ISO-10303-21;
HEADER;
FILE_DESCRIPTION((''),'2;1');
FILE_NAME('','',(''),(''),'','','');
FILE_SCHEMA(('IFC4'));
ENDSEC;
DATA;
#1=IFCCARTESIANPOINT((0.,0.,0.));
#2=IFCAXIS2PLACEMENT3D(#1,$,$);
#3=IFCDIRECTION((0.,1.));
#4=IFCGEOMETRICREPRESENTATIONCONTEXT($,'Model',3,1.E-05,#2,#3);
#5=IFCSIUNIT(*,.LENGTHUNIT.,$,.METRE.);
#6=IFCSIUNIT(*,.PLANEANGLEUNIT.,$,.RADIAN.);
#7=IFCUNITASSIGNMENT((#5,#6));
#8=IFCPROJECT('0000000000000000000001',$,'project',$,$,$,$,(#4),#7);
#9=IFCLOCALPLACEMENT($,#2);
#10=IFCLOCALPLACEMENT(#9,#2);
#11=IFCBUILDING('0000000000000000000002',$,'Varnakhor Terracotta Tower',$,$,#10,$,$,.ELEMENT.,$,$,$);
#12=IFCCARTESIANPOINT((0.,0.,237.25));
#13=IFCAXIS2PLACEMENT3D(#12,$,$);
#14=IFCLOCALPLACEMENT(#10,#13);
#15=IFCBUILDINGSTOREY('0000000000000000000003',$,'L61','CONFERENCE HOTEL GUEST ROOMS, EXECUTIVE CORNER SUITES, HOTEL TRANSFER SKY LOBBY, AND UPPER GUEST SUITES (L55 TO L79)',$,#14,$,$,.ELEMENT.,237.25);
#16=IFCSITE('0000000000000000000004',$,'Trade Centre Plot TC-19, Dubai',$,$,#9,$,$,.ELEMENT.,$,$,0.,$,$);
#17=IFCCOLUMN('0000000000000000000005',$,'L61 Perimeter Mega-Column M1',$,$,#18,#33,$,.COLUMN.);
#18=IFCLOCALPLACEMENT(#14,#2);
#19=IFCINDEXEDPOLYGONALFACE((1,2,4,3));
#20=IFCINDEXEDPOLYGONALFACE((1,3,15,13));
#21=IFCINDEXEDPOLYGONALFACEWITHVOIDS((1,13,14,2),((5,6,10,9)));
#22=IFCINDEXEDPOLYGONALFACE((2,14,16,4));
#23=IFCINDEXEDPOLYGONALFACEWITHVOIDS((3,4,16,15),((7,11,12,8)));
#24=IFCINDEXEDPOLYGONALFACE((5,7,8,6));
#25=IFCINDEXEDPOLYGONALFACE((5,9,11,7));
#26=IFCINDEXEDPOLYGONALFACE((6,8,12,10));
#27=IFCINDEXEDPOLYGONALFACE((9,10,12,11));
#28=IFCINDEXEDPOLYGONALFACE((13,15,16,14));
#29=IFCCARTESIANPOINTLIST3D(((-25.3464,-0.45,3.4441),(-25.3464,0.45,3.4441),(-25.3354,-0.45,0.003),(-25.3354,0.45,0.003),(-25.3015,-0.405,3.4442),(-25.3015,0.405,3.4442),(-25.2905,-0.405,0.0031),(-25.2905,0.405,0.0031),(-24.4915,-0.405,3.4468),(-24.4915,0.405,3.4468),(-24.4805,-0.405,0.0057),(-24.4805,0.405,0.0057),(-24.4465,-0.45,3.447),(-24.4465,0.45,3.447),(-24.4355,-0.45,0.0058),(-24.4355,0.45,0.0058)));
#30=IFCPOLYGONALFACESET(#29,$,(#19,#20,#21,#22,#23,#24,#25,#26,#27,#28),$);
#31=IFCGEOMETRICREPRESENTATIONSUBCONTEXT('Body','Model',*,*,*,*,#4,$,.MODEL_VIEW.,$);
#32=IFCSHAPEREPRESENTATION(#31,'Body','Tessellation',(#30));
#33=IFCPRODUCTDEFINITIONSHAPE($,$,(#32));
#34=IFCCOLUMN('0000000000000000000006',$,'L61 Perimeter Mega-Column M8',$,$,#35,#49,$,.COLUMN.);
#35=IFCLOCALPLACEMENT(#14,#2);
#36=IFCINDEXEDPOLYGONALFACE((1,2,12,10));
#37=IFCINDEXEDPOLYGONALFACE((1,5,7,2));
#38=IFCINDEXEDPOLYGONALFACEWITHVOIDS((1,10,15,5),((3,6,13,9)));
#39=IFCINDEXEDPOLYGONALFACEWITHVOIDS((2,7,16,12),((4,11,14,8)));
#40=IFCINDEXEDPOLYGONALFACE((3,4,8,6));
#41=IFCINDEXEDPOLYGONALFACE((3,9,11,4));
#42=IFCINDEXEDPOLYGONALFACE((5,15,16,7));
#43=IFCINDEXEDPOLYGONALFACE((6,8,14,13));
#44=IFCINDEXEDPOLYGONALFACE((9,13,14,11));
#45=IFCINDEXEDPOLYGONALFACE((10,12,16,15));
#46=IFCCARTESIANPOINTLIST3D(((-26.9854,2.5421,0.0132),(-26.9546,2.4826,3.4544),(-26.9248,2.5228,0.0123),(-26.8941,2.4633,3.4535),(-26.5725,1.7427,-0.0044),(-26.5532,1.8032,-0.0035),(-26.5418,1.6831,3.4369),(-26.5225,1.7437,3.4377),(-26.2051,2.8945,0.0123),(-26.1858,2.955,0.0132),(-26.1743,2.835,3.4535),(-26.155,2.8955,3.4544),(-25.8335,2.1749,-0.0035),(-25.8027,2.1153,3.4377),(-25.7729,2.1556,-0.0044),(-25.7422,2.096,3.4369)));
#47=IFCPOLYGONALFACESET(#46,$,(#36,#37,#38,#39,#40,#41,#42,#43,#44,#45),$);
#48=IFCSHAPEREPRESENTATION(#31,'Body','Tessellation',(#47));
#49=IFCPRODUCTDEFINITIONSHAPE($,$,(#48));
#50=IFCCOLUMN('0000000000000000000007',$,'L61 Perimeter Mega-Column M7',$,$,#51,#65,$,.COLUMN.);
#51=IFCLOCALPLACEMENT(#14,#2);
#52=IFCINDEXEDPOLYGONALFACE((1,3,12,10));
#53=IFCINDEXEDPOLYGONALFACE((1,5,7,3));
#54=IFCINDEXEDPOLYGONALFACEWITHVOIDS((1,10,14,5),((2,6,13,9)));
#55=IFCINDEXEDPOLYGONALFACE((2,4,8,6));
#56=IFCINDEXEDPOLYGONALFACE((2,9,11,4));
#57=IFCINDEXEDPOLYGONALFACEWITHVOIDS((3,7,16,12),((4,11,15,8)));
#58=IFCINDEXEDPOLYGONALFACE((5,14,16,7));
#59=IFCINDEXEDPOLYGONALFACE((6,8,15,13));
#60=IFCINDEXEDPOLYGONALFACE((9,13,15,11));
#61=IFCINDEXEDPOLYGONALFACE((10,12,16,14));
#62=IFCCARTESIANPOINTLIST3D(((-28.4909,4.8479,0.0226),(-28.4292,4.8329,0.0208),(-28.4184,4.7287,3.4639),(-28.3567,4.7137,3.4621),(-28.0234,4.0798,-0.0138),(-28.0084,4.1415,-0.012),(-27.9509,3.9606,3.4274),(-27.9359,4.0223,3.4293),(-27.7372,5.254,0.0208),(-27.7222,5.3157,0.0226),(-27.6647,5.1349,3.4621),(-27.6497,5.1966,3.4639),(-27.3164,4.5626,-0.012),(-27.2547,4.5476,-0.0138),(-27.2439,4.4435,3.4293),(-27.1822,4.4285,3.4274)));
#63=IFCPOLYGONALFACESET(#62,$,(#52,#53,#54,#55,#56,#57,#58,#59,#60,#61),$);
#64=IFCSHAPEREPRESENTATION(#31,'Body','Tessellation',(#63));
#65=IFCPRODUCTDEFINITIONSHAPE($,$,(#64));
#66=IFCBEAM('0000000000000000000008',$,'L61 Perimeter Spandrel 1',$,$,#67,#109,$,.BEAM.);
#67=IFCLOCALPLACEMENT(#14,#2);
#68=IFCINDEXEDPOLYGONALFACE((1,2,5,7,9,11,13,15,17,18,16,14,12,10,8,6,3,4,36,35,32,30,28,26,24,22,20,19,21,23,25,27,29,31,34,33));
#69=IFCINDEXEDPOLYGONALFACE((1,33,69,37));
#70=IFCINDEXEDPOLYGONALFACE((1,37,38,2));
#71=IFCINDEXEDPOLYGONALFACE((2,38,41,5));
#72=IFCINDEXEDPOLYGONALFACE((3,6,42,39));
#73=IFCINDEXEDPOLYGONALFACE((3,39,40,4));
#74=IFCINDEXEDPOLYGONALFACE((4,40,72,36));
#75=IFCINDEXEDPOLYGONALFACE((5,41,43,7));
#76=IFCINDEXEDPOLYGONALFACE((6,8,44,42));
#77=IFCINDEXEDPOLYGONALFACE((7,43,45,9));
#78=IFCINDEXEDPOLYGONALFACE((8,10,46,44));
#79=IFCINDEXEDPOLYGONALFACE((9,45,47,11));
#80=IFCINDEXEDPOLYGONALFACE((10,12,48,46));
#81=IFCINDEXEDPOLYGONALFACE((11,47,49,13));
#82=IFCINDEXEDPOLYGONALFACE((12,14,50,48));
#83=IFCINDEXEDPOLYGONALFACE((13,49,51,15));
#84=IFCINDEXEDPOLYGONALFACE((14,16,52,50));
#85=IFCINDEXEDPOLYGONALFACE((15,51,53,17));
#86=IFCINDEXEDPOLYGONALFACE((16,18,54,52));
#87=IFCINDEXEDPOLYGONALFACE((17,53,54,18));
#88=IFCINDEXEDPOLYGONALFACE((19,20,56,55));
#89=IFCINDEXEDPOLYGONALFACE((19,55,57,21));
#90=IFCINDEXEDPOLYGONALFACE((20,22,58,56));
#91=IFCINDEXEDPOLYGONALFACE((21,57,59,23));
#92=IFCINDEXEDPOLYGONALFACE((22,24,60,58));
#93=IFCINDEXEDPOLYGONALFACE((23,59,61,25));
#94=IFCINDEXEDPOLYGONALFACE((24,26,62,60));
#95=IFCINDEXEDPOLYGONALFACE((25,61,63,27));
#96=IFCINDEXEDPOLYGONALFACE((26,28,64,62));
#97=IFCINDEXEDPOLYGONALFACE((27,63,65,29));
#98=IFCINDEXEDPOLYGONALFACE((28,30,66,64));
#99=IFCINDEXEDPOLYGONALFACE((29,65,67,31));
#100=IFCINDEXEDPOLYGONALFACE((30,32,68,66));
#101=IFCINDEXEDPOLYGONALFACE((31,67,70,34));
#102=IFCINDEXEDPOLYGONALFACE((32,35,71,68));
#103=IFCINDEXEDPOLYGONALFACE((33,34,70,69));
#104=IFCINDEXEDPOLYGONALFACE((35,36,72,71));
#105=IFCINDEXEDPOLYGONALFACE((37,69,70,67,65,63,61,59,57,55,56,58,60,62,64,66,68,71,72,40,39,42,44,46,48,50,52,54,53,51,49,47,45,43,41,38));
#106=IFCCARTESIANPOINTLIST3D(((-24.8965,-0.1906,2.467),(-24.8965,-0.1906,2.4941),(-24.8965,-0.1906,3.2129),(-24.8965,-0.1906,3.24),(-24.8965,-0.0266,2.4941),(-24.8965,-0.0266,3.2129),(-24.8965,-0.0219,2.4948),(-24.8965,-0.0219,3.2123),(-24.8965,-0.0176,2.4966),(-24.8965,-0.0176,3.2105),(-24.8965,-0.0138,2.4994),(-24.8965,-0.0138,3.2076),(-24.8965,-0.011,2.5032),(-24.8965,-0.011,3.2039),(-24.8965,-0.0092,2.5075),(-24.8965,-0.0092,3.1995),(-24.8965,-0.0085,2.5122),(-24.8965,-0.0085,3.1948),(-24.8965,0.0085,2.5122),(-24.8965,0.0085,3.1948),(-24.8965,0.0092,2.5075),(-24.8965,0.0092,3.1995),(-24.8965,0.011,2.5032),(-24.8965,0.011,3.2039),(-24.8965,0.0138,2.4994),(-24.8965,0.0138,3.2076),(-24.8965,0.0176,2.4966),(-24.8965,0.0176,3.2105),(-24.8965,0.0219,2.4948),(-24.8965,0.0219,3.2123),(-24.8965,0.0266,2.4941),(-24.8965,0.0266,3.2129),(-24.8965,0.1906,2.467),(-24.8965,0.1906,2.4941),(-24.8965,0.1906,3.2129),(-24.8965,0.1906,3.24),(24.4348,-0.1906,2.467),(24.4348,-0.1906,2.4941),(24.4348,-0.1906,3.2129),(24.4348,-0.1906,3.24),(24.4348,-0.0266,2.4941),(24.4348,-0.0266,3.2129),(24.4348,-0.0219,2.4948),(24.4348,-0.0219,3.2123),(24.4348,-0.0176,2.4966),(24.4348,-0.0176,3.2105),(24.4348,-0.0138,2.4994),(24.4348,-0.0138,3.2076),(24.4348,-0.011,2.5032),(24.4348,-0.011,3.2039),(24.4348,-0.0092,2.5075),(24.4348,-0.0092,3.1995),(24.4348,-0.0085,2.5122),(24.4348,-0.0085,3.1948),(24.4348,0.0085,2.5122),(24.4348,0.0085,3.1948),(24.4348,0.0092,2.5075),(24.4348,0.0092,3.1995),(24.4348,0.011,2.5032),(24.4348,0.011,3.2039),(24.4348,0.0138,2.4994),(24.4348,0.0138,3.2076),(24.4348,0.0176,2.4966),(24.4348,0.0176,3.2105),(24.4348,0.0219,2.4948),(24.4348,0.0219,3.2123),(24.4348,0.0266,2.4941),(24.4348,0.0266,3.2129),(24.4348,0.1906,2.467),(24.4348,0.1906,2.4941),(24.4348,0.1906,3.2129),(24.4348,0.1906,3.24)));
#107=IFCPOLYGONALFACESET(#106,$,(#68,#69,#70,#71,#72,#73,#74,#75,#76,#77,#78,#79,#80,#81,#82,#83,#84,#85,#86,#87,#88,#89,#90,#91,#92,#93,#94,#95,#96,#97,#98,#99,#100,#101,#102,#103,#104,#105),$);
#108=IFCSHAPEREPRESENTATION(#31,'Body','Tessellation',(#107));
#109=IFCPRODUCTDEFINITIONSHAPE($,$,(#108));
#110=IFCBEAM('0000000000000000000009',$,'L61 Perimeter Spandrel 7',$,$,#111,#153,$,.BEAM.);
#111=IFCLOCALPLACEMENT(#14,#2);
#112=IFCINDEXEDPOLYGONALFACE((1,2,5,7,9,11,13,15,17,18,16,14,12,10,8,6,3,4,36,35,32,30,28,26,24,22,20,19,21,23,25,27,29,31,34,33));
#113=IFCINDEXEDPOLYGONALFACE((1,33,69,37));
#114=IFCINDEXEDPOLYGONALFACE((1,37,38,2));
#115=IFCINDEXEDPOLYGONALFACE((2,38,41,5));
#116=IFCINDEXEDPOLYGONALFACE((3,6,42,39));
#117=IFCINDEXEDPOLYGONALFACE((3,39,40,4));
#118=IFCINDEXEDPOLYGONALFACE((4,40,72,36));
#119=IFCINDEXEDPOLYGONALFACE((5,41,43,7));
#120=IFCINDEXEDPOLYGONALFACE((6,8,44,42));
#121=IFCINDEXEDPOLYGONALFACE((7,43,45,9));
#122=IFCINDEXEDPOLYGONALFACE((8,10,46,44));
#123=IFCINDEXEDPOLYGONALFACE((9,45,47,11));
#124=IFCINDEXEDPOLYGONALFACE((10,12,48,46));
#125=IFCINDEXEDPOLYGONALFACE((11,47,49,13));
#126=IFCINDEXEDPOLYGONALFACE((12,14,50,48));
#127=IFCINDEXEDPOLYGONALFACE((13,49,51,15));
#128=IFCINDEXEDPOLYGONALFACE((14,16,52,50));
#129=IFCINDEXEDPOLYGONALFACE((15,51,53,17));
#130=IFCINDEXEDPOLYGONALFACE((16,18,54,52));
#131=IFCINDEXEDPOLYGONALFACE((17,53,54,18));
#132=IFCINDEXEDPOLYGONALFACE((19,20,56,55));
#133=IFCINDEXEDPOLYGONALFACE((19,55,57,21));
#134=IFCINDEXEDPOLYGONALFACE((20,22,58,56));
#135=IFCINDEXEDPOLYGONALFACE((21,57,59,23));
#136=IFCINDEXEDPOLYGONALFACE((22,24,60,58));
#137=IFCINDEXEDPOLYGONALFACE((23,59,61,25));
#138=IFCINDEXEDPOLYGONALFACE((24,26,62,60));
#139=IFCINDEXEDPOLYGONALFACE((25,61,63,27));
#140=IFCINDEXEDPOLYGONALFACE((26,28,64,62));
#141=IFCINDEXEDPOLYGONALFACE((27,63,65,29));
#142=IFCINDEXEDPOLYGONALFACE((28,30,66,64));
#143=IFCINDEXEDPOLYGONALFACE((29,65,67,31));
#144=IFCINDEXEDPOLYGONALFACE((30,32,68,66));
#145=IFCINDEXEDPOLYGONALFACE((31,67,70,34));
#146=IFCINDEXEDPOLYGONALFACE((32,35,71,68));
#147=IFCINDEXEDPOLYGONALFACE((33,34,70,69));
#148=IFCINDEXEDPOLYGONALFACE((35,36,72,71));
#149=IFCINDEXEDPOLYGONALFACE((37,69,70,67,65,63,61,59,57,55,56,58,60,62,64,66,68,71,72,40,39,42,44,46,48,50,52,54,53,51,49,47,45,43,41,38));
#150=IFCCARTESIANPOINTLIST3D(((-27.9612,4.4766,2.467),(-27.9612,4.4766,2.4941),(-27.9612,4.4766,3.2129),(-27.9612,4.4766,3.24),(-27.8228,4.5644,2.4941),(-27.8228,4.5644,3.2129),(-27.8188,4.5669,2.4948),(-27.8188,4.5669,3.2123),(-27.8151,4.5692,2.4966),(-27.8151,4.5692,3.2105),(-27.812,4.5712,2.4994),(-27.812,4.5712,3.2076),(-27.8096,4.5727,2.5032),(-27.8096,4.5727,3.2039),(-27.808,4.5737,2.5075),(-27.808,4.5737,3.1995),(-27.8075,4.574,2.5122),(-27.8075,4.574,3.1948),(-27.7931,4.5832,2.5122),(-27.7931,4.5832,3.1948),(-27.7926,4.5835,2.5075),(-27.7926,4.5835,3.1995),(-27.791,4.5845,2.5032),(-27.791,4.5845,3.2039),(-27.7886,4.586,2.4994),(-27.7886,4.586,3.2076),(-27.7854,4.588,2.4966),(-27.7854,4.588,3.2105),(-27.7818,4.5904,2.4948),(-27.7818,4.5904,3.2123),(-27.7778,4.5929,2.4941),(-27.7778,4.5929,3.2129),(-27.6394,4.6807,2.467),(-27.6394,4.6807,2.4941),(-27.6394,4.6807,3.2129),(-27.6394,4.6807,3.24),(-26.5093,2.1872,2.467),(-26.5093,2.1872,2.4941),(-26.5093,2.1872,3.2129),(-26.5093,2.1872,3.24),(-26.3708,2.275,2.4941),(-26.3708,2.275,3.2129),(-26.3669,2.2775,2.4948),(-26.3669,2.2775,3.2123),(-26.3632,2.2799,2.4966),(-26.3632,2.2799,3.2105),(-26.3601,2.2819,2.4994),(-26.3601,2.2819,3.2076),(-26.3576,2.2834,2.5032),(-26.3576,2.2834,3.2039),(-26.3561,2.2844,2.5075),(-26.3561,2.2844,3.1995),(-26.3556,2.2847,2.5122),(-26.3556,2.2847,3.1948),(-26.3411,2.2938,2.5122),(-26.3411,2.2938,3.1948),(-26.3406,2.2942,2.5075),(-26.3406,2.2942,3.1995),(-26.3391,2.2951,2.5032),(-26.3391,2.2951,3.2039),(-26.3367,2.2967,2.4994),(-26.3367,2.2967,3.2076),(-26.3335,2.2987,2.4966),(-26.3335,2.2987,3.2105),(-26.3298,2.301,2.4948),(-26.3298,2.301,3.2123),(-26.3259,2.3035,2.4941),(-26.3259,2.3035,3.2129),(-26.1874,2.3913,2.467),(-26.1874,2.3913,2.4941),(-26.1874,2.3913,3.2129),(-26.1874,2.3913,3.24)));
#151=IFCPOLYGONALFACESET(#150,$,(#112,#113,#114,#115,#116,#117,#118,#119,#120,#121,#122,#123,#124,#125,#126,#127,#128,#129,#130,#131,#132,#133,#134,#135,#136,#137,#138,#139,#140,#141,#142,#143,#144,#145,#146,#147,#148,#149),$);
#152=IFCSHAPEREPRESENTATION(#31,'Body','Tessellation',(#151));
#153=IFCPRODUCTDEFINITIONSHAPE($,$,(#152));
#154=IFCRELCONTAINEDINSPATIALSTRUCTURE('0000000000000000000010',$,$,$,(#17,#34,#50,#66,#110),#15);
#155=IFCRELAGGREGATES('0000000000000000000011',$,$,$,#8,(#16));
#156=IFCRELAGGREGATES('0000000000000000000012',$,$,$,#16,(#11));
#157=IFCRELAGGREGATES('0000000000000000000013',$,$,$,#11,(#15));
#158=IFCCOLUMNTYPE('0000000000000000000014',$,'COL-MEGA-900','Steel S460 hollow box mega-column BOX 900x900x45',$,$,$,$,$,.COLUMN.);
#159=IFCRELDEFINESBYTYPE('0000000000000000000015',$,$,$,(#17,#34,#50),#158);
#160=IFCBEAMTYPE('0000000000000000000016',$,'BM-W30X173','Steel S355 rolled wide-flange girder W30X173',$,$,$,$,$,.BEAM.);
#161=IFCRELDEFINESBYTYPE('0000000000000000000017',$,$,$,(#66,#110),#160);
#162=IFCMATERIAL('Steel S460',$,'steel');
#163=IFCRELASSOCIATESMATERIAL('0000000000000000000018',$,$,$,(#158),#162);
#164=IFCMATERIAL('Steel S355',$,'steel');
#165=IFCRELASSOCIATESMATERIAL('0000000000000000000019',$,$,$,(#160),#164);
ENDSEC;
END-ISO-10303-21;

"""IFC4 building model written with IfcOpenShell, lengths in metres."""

from ifc_helpers import new_model, si_unit, direction, frame, origin, origin_2d, place, context, subcontext, project, spatial, hollow_rectangle, i_section, extrude, source, transform, mapped, material, material_profile, profile_set, type_object, element, save


model = new_model("IFC4")

# Units and contexts
model_context = context("Model", 3, precision=1e-05, world=origin(), true_north=direction((0.0, 1.0)))
body_context = subcontext(model_context, "Body", "Model", "MODEL_VIEW")
ifc_project = project(units=[si_unit("LENGTHUNIT", "METRE"), si_unit("PLANEANGLEUNIT", "RADIAN")], contexts=[model_context])

# Site, building, storey
site_placement = place(None, origin())
site = spatial("IfcSite", under=ifc_project, at=site_placement, Name="Trade Centre Plot TC-19, Dubai", CompositionType="ELEMENT", RefElevation=0.0)
building_placement = place(site_placement, origin())
building = spatial("IfcBuilding", under=site, at=building_placement, Name="Varnakhor Terracotta Tower", CompositionType="ELEMENT")
storey_placement = place(building_placement, frame((0.0, 0.0, 237.25)))
storey = spatial("IfcBuildingStorey", under=building, at=storey_placement, Name="L61", Description="CONFERENCE HOTEL GUEST ROOMS, EXECUTIVE CORNER SUITES, HOTEL TRANSFER SKY LOBBY, AND UPPER GUEST SUITES (L55 TO L79)", CompositionType="ELEMENT", Elevation=237.25)

# Columns
ifc_material_1 = material(Name="Steel S460", Category="steel")
ifc_material_profile_1 = material_profile(ifc_material_1, hollow_rectangle(XDim=0.8999, YDim=0.8999, WallThickness=0.0449, at=origin_2d()), Name="BOX 900x900x45")
ifc_profile_set_1 = profile_set([ifc_material_profile_1], Name="Steel S460")
column_type = type_object("IfcColumnType", Name="COL-MEGA-900", Description="Steel S460 hollow box mega-column BOX 900x900x45", PredefinedType="COLUMN", material=ifc_profile_set_1)
shared_shape_1 = source(origin(), body_context, "Body", "SweptSolid", [
    extrude(hollow_rectangle(XDim=0.8999, YDim=0.8999, WallThickness=0.0449, at=origin_2d()), origin(), (0.0, 0.0, 1.0), 3.4412),
])
column_1_placement = place(storey_placement, frame((-24.8855, 0.0, 0.0044), z_axis=(-0.003193, 0.0, 0.999995), x_axis=(0.0, -1.0, 0.0)))
element("IfcColumn", 1, at=column_1_placement, inside=storey, type_object=column_type, Name="L61 Perimeter Mega-Column M1", PredefinedType="COLUMN", context=body_context, shape_type="MappedRepresentation", body=[
    mapped(shared_shape_1, transform((0.0, 0.0, 0.0), scale=1.0)),
])
shared_shape_2 = source(origin(), body_context, "Body", "SweptSolid", [
    extrude(hollow_rectangle(XDim=0.8999, YDim=0.8999, WallThickness=0.0449, at=origin_2d()), origin(), (0.0, 0.0, 1.0), 3.4419),
])
column_2_placement = place(storey_placement, frame((-26.3792, 2.3489, 0.0044), z_axis=(0.008938, -0.017308, 0.99981), x_axis=(0.888525, 0.458828, 0.0)))
element("IfcColumn", 2, at=column_2_placement, inside=storey, type_object=column_type, Name="L61 Perimeter Mega-Column M8", PredefinedType="COLUMN", context=body_context, shape_type="MappedRepresentation", body=[
    mapped(shared_shape_2, transform((0.0, 0.0, 0.0), scale=1.0)),
])
shared_shape_3 = source(origin(), body_context, "Body", "SweptSolid", [
    extrude(hollow_rectangle(XDim=0.8999, YDim=0.8999, WallThickness=0.0449, at=origin_2d()), origin(), (0.0, 0.0, 1.0), 3.4441),
])
column_3_placement = place(storey_placement, frame((-27.8728, 4.6978, 0.0044), z_axis=(0.021054, -0.034594, 0.99918), x_axis=(0.854232, 0.519891, 0.0)))
element("IfcColumn", 3, at=column_3_placement, inside=storey, type_object=column_type, Name="L61 Perimeter Mega-Column M7", PredefinedType="COLUMN", context=body_context, shape_type="MappedRepresentation", body=[
    mapped(shared_shape_3, transform((0.0, 0.0, 0.0), scale=1.0)),
])

# Beams
ifc_material_2 = material(Name="Steel S355", Category="steel")
ifc_material_profile_2 = material_profile(ifc_material_2, i_section(OverallWidth=0.3811, OverallDepth=0.7729, WebThickness=0.0171, FlangeThickness=0.0271, FilletRadius=0.0181, at=origin_2d()), Name="W30X173")
ifc_profile_set_2 = profile_set([ifc_material_profile_2], Name="Steel S355")
beam_type_1 = type_object("IfcBeamType", Name="BM-W30X173", Description="Steel S355 rolled wide-flange girder W30X173", PredefinedType="BEAM", material=ifc_profile_set_2)
shared_shape_4 = source(origin(), body_context, "Body", "SweptSolid", [
    extrude(i_section(OverallWidth=0.3811, OverallDepth=0.7729, WebThickness=0.0171, FlangeThickness=0.0271, FilletRadius=0.0181, at=origin_2d()), origin(), (0.0, 0.0, 1.0), 49.3313),
])
beam_1_placement = place(storey_placement, frame((-24.8965, 0.0, 2.8535), z_axis=(1.0, 0.0, 0.0), x_axis=(0.0, 1.0, 0.0)))
element("IfcBeam", 4, at=beam_1_placement, inside=storey, type_object=beam_type_1, Name="L61 Perimeter Spandrel 1", PredefinedType="BEAM", context=body_context, shape_type="MappedRepresentation", body=[
    mapped(shared_shape_4, transform((0.0, 0.0, 0.0), scale=1.0)),
])
shared_shape_5 = source(origin(), body_context, "Body", "SweptSolid", [
    extrude(i_section(OverallWidth=0.3811, OverallDepth=0.7729, WebThickness=0.0171, FlangeThickness=0.0271, FilletRadius=0.0181, at=origin_2d()), origin(), (0.0, 0.0, 1.0), 2.7109),
])
for number, where, z_axis, x_axis, name in (
    (5, (-27.8003, 4.5786, 2.8535), (0.535581, -0.844484, 0.0), (0.844484, 0.535581, 0.0), "L61 Perimeter Spandrel 7"),
):
    element("IfcBeam", number, at=place(storey_placement, frame(where, z_axis=z_axis, x_axis=x_axis)), inside=storey, type_object=beam_type_1, Name=name, PredefinedType="BEAM", context=body_context, shape_type="MappedRepresentation", body=[
        mapped(shared_shape_5, transform((0.0, 0.0, 0.0), scale=1.0)),
    ])

save(model, "model.ifc")
